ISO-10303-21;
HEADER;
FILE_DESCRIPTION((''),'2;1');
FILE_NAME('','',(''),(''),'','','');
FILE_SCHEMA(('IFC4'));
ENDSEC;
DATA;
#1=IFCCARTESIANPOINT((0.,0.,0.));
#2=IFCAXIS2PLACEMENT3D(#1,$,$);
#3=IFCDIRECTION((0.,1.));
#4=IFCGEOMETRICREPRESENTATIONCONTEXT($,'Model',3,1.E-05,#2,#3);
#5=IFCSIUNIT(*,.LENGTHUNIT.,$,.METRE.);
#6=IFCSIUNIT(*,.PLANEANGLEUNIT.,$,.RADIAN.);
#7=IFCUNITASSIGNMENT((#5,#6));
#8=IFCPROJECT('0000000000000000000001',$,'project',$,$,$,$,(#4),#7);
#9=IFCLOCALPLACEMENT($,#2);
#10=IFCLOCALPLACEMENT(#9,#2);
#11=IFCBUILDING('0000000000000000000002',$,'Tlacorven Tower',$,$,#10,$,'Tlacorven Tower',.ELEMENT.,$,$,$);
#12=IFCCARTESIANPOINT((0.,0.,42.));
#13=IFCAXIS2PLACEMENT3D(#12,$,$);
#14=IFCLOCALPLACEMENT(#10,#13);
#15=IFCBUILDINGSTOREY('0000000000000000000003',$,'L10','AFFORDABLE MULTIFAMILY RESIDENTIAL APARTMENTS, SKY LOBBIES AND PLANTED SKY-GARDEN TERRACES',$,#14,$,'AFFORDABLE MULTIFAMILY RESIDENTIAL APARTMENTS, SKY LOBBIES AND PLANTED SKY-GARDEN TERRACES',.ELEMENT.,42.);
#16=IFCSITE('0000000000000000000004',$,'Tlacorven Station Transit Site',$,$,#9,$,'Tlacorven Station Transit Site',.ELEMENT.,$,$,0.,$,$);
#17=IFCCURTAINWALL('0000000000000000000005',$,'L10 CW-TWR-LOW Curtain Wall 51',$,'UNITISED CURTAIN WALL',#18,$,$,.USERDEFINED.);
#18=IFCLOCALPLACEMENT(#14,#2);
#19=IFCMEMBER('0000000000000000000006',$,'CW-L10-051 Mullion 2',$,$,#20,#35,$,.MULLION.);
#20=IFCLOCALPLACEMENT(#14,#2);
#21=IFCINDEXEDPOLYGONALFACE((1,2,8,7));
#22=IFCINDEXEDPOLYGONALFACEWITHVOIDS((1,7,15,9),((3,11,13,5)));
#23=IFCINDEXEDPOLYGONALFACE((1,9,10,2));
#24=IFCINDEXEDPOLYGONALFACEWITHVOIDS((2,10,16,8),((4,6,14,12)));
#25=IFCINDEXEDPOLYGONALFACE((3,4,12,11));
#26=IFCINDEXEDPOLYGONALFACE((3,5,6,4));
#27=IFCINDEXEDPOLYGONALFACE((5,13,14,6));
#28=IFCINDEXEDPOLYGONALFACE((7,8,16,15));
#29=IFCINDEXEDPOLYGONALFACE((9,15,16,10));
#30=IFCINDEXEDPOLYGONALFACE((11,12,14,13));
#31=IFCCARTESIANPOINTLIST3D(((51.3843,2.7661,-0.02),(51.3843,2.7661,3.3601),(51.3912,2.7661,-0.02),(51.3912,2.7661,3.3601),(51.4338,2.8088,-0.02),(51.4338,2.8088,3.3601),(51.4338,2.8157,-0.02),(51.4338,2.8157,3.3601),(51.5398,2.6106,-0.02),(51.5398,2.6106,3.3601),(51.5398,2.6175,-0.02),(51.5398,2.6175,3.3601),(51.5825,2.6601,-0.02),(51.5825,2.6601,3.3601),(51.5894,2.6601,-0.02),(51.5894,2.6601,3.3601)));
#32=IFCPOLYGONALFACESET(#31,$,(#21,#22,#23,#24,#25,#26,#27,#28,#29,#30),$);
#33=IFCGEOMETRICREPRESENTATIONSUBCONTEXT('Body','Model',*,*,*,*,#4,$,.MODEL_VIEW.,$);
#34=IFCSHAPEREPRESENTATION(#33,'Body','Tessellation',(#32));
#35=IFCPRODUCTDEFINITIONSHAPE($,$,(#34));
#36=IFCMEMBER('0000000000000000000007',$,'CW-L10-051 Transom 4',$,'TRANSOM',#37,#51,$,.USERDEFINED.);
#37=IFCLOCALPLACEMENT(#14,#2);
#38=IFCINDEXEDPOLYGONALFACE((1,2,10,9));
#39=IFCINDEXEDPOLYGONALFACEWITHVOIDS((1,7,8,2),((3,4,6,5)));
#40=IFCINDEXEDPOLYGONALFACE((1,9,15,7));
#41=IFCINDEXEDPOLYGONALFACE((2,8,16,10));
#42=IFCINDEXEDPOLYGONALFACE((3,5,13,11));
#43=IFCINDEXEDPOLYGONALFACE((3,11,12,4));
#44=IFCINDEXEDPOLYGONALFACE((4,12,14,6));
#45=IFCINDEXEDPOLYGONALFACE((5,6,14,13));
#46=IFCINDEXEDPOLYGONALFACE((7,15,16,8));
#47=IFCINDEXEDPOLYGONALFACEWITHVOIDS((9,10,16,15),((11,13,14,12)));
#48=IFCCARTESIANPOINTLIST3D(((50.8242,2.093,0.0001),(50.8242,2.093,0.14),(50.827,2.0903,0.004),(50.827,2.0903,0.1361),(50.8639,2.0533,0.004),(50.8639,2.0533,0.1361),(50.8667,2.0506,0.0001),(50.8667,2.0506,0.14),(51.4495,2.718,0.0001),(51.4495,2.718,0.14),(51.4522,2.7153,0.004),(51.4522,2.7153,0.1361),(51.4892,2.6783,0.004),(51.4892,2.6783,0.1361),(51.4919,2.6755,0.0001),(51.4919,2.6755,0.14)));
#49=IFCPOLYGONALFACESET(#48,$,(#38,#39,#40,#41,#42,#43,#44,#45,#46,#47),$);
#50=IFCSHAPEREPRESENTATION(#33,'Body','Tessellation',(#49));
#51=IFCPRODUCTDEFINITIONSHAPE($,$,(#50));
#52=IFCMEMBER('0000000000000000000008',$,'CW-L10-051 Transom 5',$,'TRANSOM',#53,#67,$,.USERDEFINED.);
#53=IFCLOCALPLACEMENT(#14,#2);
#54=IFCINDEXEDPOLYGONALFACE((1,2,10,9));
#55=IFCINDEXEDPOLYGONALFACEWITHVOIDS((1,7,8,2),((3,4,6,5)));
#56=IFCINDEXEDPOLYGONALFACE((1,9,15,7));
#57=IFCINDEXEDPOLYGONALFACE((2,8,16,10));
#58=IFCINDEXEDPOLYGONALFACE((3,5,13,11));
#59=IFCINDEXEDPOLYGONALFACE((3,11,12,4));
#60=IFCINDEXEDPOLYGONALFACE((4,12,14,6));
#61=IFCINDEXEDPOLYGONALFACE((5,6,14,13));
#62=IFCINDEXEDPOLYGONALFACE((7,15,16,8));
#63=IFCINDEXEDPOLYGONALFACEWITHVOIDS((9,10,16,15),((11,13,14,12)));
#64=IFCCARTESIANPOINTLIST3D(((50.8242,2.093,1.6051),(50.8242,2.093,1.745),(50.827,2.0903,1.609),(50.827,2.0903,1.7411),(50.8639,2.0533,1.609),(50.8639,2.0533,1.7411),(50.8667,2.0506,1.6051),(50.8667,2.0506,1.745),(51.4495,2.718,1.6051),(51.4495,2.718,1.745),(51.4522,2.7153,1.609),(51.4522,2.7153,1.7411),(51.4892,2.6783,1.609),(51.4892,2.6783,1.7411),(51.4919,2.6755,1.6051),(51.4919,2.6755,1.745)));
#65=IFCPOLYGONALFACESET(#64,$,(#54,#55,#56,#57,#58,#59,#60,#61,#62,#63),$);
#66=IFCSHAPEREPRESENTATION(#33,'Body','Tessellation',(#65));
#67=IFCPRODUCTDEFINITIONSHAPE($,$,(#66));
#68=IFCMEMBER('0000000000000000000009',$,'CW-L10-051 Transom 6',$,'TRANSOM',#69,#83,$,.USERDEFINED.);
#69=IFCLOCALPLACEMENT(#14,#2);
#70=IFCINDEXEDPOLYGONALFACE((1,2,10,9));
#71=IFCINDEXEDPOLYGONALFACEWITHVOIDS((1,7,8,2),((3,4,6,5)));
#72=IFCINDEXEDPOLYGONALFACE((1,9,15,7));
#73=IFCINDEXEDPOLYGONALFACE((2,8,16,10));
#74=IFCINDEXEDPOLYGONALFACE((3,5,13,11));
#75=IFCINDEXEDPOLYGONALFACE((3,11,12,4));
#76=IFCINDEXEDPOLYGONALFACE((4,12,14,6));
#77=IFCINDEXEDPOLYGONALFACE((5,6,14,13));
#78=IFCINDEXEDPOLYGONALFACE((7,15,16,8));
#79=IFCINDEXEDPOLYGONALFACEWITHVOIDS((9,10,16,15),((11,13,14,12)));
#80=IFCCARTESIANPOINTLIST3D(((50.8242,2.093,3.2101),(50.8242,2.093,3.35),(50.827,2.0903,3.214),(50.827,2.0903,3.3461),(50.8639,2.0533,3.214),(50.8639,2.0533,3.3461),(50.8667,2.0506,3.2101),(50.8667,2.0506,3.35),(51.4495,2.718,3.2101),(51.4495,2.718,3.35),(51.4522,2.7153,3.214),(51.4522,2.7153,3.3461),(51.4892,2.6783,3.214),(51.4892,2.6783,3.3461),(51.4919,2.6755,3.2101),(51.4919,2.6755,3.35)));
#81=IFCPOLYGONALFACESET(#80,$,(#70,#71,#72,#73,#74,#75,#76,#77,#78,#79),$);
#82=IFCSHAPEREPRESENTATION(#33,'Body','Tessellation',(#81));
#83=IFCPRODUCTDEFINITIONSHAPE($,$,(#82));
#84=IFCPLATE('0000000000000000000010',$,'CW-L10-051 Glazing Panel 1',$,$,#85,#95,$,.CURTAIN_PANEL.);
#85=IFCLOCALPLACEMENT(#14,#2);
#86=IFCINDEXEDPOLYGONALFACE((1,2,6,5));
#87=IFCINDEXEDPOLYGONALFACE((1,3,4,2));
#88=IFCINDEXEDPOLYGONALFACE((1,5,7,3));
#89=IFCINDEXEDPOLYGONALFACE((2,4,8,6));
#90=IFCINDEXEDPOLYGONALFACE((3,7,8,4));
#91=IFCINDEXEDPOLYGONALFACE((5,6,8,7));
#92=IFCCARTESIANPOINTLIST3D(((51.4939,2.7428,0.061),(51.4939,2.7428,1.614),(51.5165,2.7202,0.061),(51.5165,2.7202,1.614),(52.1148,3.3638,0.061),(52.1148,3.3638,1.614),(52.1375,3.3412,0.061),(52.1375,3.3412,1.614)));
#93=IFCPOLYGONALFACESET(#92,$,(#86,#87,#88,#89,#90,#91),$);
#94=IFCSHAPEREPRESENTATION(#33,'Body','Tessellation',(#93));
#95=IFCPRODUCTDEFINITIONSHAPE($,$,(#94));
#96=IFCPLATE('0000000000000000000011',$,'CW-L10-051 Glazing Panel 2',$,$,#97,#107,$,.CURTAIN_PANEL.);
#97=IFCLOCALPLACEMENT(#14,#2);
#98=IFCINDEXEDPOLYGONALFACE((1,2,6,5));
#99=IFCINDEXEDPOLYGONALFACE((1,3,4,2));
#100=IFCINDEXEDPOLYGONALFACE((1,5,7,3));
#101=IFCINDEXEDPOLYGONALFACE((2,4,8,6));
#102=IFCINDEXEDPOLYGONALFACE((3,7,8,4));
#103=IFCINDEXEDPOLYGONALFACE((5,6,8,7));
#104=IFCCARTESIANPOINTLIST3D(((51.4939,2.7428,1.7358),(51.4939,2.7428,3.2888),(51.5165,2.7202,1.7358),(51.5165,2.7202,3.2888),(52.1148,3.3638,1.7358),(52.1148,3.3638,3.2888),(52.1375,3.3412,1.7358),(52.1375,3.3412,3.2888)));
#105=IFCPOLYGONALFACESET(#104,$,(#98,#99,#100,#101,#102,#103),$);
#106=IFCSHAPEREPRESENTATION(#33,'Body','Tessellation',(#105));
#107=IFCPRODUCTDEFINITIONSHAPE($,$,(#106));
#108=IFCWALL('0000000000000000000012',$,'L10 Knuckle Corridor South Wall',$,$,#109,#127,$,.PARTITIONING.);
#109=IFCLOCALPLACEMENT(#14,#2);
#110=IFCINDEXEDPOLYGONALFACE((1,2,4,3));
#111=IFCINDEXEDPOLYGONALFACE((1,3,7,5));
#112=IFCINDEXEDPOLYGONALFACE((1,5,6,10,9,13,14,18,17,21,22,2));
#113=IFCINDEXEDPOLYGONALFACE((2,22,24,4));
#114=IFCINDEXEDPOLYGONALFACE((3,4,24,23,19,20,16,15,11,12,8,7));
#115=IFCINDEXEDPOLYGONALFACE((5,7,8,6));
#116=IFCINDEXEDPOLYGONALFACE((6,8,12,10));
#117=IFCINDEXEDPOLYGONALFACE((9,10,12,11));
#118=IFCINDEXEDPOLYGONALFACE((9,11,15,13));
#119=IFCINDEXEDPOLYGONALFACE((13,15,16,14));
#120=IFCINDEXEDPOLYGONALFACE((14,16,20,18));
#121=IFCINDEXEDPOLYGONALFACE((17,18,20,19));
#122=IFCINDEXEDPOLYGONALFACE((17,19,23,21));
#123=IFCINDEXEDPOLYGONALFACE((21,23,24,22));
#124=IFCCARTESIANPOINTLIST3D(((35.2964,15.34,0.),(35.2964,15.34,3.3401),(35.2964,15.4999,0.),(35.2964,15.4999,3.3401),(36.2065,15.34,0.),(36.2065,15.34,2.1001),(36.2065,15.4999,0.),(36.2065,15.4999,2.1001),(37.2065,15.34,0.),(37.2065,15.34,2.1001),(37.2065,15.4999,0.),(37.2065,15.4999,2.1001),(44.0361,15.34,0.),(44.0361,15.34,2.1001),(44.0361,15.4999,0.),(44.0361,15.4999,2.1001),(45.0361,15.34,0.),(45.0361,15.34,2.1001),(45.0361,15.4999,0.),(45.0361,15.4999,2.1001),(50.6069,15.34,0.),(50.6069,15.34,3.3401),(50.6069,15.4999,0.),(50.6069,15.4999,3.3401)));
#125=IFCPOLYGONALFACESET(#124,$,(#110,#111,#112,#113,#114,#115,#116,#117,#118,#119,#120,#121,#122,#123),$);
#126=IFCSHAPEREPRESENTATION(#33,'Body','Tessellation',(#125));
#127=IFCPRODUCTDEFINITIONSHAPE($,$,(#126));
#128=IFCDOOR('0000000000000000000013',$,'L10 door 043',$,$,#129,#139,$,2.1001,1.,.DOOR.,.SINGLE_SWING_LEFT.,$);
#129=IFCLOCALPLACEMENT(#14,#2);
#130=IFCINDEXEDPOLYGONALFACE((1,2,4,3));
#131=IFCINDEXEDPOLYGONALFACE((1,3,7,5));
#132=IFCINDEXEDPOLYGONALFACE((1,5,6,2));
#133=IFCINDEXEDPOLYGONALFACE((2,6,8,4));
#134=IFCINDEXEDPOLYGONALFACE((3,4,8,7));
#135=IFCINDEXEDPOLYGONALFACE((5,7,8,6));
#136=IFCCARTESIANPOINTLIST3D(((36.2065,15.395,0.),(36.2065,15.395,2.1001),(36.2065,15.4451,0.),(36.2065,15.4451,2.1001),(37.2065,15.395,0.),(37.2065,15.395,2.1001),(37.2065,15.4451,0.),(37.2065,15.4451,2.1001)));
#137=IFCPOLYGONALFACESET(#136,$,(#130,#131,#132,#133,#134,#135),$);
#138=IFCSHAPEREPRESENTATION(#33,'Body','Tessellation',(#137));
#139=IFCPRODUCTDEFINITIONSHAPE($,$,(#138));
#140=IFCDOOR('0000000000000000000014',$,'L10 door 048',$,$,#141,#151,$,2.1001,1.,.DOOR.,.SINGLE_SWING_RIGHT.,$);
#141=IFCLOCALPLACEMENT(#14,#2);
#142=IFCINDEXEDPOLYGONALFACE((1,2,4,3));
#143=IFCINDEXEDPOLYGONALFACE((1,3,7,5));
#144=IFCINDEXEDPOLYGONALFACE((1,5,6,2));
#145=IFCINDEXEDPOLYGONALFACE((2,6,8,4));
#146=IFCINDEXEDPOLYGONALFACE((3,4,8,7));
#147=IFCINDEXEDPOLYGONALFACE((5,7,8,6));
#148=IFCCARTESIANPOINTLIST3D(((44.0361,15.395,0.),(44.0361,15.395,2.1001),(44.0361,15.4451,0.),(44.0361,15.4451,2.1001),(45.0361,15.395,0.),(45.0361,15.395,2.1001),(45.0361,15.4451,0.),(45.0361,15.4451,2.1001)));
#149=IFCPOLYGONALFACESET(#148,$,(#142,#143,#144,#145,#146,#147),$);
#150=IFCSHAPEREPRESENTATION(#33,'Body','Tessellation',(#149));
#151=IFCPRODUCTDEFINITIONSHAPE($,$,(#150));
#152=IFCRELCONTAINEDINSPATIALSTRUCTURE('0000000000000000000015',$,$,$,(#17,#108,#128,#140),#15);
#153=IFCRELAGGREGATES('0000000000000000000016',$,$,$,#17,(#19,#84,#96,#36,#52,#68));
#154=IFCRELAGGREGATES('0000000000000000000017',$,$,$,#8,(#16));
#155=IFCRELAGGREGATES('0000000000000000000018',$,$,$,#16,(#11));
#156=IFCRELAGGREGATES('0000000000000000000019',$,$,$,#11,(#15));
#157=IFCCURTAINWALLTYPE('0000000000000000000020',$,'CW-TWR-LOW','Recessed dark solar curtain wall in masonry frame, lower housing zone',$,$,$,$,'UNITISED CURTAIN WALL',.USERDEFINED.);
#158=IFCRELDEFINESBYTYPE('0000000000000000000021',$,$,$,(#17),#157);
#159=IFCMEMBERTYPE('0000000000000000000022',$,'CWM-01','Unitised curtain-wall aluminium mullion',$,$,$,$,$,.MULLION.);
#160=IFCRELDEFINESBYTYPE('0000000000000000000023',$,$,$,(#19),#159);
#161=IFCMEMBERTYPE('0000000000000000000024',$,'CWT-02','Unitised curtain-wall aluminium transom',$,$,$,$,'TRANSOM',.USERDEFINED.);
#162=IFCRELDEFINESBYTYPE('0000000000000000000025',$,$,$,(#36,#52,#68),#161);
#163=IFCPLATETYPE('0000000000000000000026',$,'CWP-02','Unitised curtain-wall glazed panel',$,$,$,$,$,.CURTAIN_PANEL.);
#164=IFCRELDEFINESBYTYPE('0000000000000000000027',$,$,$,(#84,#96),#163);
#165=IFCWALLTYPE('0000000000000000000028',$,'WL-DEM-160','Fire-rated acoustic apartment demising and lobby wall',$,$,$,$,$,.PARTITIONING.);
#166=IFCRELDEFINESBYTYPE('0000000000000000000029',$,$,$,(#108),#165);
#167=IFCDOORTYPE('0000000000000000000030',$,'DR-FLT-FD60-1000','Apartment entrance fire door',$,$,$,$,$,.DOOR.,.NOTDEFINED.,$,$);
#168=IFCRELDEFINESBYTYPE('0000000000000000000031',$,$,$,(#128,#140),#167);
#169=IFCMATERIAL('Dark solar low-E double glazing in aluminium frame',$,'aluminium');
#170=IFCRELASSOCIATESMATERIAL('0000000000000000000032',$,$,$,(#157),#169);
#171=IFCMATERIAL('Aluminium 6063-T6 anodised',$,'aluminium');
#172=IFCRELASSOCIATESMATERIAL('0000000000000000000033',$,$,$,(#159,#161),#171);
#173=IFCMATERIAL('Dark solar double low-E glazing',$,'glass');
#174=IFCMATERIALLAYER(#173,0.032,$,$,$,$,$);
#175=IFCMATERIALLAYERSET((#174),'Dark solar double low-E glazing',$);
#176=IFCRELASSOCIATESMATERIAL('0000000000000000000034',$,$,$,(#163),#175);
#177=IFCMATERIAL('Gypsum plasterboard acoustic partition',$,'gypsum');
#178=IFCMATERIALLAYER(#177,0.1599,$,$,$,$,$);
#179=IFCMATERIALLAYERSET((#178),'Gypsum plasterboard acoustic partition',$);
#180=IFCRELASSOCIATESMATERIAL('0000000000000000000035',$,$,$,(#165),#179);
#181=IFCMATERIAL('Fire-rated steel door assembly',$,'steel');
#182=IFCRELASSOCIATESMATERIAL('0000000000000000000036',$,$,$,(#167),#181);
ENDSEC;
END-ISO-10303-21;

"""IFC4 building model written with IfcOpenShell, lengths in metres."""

from ifc_helpers import new_model, si_unit, direction, frame, frame_2d, origin, origin_2d, place, context, subcontext, project, spatial, rectangle, hollow_rectangle, extrude, source, transform, mapped, material, layer, layer_set, material_profile, profile_set, type_object, element, fill, aggregate, save


model = new_model("IFC4")

# Units and contexts
model_context = context("Model", 3, precision=1e-05, world=origin(), true_north=direction((0.0, 1.0)))
body_context = subcontext(model_context, "Body", "Model", "MODEL_VIEW")
ifc_project = project(units=[si_unit("LENGTHUNIT", "METRE"), si_unit("PLANEANGLEUNIT", "RADIAN")], contexts=[model_context])

# Site, building, storey
site_placement = place(None, origin())
site = spatial("IfcSite", under=ifc_project, at=site_placement, Name="Tlacorven Station Transit Site", LongName="Tlacorven Station Transit Site", CompositionType="ELEMENT", RefElevation=0.0)
building_placement = place(site_placement, origin())
building = spatial("IfcBuilding", under=site, at=building_placement, Name="Tlacorven Tower", LongName="Tlacorven Tower", CompositionType="ELEMENT")
storey_placement = place(building_placement, frame((0.0, 0.0, 42.0)))
storey = spatial("IfcBuildingStorey", under=building, at=storey_placement, Name="L10", Description="AFFORDABLE MULTIFAMILY RESIDENTIAL APARTMENTS, SKY LOBBIES AND PLANTED SKY-GARDEN TERRACES", LongName="AFFORDABLE MULTIFAMILY RESIDENTIAL APARTMENTS, SKY LOBBIES AND PLANTED SKY-GARDEN TERRACES", CompositionType="ELEMENT", Elevation=42.0)

# Curtain wall, members, plates
ifc_material_1 = material(Name="Dark solar low-E double glazing in aluminium frame", Category="aluminium")
curtain_wall_type = type_object("IfcCurtainWallType", Name="CW-TWR-LOW", Description="Recessed dark solar curtain wall in masonry frame, lower housing zone", ElementType="UNITISED CURTAIN WALL", PredefinedType="USERDEFINED", material=ifc_material_1)
curtain_wall_placement = place(storey_placement, origin())
curtain_wall = element("IfcCurtainWall", 1, at=curtain_wall_placement, inside=storey, type_object=curtain_wall_type, Name="L10 CW-TWR-LOW Curtain Wall 51", ObjectType="UNITISED CURTAIN WALL", PredefinedType="USERDEFINED")
ifc_material_2 = material(Name="Aluminium 6063-T6 anodised", Category="aluminium")
ifc_material_profile_1 = material_profile(ifc_material_2, hollow_rectangle(XDim=0.0701, YDim=0.22, WallThickness=0.0049, at=origin_2d()), Name="ALU MULLION 70X220")
ifc_profile_set_1 = profile_set([ifc_material_profile_1], Name="Aluminium 6063-T6 anodised")
member_type_1 = type_object("IfcMemberType", Name="CWM-01", Description="Unitised curtain-wall aluminium mullion", PredefinedType="MULLION", material=ifc_profile_set_1)
shared_shape_1 = source(origin(), body_context, "Body", "SweptSolid", [
    extrude(hollow_rectangle(XDim=0.0701, YDim=0.22, WallThickness=0.0049, at=origin_2d()), origin(), (0.0, 0.0, 1.0), 3.3801),
])
member_1_placement = place(storey_placement, frame((51.4868, 2.7131, -0.02), z_axis=(0.0, 0.0, 1.0), x_axis=(-0.707107, -0.707107, 0.0)))
member_1 = element("IfcMember", 2, at=member_1_placement, type_object=member_type_1, Name="CW-L10-051 Mullion 2", PredefinedType="MULLION", context=body_context, shape_type="MappedRepresentation", body=[
    mapped(shared_shape_1, transform((0.0, 0.0, 0.0), scale=1.0)),
])
ifc_material_profile_2 = material_profile(ifc_material_2, hollow_rectangle(XDim=0.0601, YDim=0.1399, WallThickness=0.0039, at=origin_2d()), Name="ALU TRANSOM 60X140")
ifc_profile_set_2 = profile_set([ifc_material_profile_2], Name="Aluminium 6063-T6 anodised")
member_type_2 = type_object("IfcMemberType", Name="CWT-02", Description="Unitised curtain-wall aluminium transom", ElementType="TRANSOM", PredefinedType="USERDEFINED", material=ifc_profile_set_2)
shared_shape_2 = source(origin(), body_context, "Body", "SweptSolid", [
    extrude(hollow_rectangle(XDim=0.0601, YDim=0.1399, WallThickness=0.0039, at=origin_2d()), origin(), (0.0, 0.0, 1.0), 0.884),
])
member_2_placement = place(storey_placement, frame((51.4707, 2.6968, 0.0701), z_axis=(-0.707245, -0.706969, 0.0), x_axis=(0.706969, -0.707245, 0.0)))
member_2 = element("IfcMember", 3, at=member_2_placement, type_object=member_type_2, Name="CW-L10-051 Transom 4", ObjectType="TRANSOM", PredefinedType="USERDEFINED", context=body_context, shape_type="MappedRepresentation", body=[
    mapped(shared_shape_2, transform((0.0, 0.0, 0.0), scale=1.0)),
])
member_3_placement = place(storey_placement, frame((51.4707, 2.6968, 1.675), z_axis=(-0.707245, -0.706969, 0.0), x_axis=(0.706969, -0.707245, 0.0)))
member_3 = element("IfcMember", 4, at=member_3_placement, type_object=member_type_2, Name="CW-L10-051 Transom 5", ObjectType="TRANSOM", PredefinedType="USERDEFINED", context=body_context, shape_type="MappedRepresentation", body=[
    mapped(shared_shape_2, transform((0.0, 0.0, 0.0), scale=1.0)),
])
member_4_placement = place(storey_placement, frame((51.4707, 2.6968, 3.28), z_axis=(-0.707245, -0.706969, 0.0), x_axis=(0.706969, -0.707245, 0.0)))
member_4 = element("IfcMember", 5, at=member_4_placement, type_object=member_type_2, Name="CW-L10-051 Transom 6", ObjectType="TRANSOM", PredefinedType="USERDEFINED", context=body_context, shape_type="MappedRepresentation", body=[
    mapped(shared_shape_2, transform((0.0, 0.0, 0.0), scale=1.0)),
])
ifc_material_3 = material(Name="Dark solar double low-E glazing", Category="glass")
ifc_layer_1 = layer(ifc_material_3, 0.032)
ifc_layer_set_1 = layer_set([ifc_layer_1], Name="Dark solar double low-E glazing")
plate_type = type_object("IfcPlateType", Name="CWP-02", Description="Unitised curtain-wall glazed panel", PredefinedType="CURTAIN_PANEL", material=ifc_layer_set_1)
shared_shape_3 = source(origin(), body_context, "Body", "SweptSolid", [
    extrude(rectangle(XDim=0.8782, YDim=0.032, at=origin_2d()), origin(), (0.0, 0.0, 1.0), 1.553),
])
plate_1_placement = place(storey_placement, frame((51.8157, 3.042, 0.061), z_axis=(0.0, 0.0, 1.0), x_axis=(-0.707107, -0.707107, 0.0)))
plate_1 = element("IfcPlate", 6, at=plate_1_placement, type_object=plate_type, Name="CW-L10-051 Glazing Panel 1", PredefinedType="CURTAIN_PANEL", context=body_context, shape_type="MappedRepresentation", body=[
    mapped(shared_shape_3, transform((0.0, 0.0, 0.0), scale=1.0)),
])
plate_2_placement = place(storey_placement, frame((51.8157, 3.042, 1.7358), z_axis=(0.0, 0.0, 1.0), x_axis=(-0.707107, -0.707107, 0.0)))
plate_2 = element("IfcPlate", 7, at=plate_2_placement, type_object=plate_type, Name="CW-L10-051 Glazing Panel 2", PredefinedType="CURTAIN_PANEL", context=body_context, shape_type="MappedRepresentation", body=[
    mapped(shared_shape_3, transform((0.0, 0.0, 0.0), scale=1.0)),
])
aggregate(curtain_wall, [member_1, plate_1, plate_2, member_2, member_3, member_4])

# Wall, openings, doors
ifc_material_4 = material(Name="Gypsum plasterboard acoustic partition", Category="gypsum")
ifc_layer_2 = layer(ifc_material_4, 0.1599)
ifc_layer_set_2 = layer_set([ifc_layer_2], Name="Gypsum plasterboard acoustic partition")
wall_type_1 = type_object("IfcWallType", Name="WL-DEM-160", Description="Fire-rated acoustic apartment demising and lobby wall", PredefinedType="PARTITIONING", material=ifc_layer_set_2)
wall_1_placement = place(storey_placement, frame((35.2964, 15.4199, 0.0), z_axis=(0.0, 0.0, 1.0), x_axis=(1.0, 0.0, 0.0)))
wall_1 = element("IfcWall", 8, at=wall_1_placement, inside=storey, type_object=wall_type_1, Name="L10 Knuckle Corridor South Wall", PredefinedType="PARTITIONING", context=body_context, shape_type="SweptSolid", body=[
    extrude(rectangle(XDim=15.3105, YDim=0.1599, at=frame_2d((7.6553, 0.0))), origin(), (0.0, 0.0, 1.0), 3.3401),
])
opening_1_placement = place(wall_1_placement, frame((0.9102, 0.0, 0.0)))
opening_1 = element("IfcOpeningElement", 9, at=opening_1_placement, cuts=wall_1, PredefinedType="OPENING", context=body_context, shape_type="SweptSolid", body=[
    extrude(rectangle(XDim=1.0, YDim=2.1001, at=frame_2d((0.5, 1.05))), frame((0.0, 0.0898, 0.0), z_axis=(0.0, -1.0, 0.0), x_axis=(1.0, 0.0, 0.0)), (0.0, 0.0, 1.0), 0.1799),
])
opening_2_placement = place(wall_1_placement, frame((8.7397, 0.0, 0.0)))
opening_2 = element("IfcOpeningElement", 10, at=opening_2_placement, cuts=wall_1, PredefinedType="OPENING", context=body_context, shape_type="SweptSolid", body=[
    extrude(rectangle(XDim=1.0, YDim=2.1001, at=frame_2d((0.5, 1.05))), frame((0.0, 0.0898, 0.0), z_axis=(0.0, -1.0, 0.0), x_axis=(1.0, 0.0, 0.0)), (0.0, 0.0, 1.0), 0.1799),
])
ifc_material_5 = material(Name="Fire-rated steel door assembly", Category="steel")
door_type_1 = type_object("IfcDoorType", Name="DR-FLT-FD60-1000", Description="Apartment entrance fire door", OperationType="NOTDEFINED", PredefinedType="DOOR", material=ifc_material_5)
shared_shape_4 = source(origin(), body_context, "Body", "SweptSolid", [
    extrude(rectangle(XDim=1.0, YDim=2.1001, at=frame_2d((0.5, 1.05))), frame((0.0, 0.0249, 0.0), z_axis=(0.0, -1.0, 0.0), x_axis=(1.0, 0.0, 0.0)), (0.0, 0.0, 1.0), 0.05),
])
door_1_placement = place(opening_1_placement, frame((1.0, 0.0, 0.0), z_axis=(0.0, 0.0, 1.0), x_axis=(-1.0, 0.0, 0.0)))
door_1 = element("IfcDoor", 11, at=door_1_placement, inside=storey, type_object=door_type_1, Name="L10 door 043", OperationType="SINGLE_SWING_LEFT", OverallHeight=2.1001, OverallWidth=1.0, PredefinedType="DOOR", context=body_context, shape_type="MappedRepresentation", body=[
    mapped(shared_shape_4, transform((0.0, 0.0, 0.0), scale=1.0)),
])
fill(opening_1, door_1)
door_2_placement = place(opening_2_placement, frame((1.0, 0.0, 0.0), z_axis=(0.0, 0.0, 1.0), x_axis=(-1.0, 0.0, 0.0)))
door_2 = element("IfcDoor", 12, at=door_2_placement, inside=storey, type_object=door_type_1, Name="L10 door 048", OperationType="SINGLE_SWING_RIGHT", OverallHeight=2.1001, OverallWidth=1.0, PredefinedType="DOOR", context=body_context, shape_type="MappedRepresentation", body=[
    mapped(shared_shape_4, transform((0.0, 0.0, 0.0), scale=1.0)),
])
fill(opening_2, door_2)

save(model, "model.ifc")
